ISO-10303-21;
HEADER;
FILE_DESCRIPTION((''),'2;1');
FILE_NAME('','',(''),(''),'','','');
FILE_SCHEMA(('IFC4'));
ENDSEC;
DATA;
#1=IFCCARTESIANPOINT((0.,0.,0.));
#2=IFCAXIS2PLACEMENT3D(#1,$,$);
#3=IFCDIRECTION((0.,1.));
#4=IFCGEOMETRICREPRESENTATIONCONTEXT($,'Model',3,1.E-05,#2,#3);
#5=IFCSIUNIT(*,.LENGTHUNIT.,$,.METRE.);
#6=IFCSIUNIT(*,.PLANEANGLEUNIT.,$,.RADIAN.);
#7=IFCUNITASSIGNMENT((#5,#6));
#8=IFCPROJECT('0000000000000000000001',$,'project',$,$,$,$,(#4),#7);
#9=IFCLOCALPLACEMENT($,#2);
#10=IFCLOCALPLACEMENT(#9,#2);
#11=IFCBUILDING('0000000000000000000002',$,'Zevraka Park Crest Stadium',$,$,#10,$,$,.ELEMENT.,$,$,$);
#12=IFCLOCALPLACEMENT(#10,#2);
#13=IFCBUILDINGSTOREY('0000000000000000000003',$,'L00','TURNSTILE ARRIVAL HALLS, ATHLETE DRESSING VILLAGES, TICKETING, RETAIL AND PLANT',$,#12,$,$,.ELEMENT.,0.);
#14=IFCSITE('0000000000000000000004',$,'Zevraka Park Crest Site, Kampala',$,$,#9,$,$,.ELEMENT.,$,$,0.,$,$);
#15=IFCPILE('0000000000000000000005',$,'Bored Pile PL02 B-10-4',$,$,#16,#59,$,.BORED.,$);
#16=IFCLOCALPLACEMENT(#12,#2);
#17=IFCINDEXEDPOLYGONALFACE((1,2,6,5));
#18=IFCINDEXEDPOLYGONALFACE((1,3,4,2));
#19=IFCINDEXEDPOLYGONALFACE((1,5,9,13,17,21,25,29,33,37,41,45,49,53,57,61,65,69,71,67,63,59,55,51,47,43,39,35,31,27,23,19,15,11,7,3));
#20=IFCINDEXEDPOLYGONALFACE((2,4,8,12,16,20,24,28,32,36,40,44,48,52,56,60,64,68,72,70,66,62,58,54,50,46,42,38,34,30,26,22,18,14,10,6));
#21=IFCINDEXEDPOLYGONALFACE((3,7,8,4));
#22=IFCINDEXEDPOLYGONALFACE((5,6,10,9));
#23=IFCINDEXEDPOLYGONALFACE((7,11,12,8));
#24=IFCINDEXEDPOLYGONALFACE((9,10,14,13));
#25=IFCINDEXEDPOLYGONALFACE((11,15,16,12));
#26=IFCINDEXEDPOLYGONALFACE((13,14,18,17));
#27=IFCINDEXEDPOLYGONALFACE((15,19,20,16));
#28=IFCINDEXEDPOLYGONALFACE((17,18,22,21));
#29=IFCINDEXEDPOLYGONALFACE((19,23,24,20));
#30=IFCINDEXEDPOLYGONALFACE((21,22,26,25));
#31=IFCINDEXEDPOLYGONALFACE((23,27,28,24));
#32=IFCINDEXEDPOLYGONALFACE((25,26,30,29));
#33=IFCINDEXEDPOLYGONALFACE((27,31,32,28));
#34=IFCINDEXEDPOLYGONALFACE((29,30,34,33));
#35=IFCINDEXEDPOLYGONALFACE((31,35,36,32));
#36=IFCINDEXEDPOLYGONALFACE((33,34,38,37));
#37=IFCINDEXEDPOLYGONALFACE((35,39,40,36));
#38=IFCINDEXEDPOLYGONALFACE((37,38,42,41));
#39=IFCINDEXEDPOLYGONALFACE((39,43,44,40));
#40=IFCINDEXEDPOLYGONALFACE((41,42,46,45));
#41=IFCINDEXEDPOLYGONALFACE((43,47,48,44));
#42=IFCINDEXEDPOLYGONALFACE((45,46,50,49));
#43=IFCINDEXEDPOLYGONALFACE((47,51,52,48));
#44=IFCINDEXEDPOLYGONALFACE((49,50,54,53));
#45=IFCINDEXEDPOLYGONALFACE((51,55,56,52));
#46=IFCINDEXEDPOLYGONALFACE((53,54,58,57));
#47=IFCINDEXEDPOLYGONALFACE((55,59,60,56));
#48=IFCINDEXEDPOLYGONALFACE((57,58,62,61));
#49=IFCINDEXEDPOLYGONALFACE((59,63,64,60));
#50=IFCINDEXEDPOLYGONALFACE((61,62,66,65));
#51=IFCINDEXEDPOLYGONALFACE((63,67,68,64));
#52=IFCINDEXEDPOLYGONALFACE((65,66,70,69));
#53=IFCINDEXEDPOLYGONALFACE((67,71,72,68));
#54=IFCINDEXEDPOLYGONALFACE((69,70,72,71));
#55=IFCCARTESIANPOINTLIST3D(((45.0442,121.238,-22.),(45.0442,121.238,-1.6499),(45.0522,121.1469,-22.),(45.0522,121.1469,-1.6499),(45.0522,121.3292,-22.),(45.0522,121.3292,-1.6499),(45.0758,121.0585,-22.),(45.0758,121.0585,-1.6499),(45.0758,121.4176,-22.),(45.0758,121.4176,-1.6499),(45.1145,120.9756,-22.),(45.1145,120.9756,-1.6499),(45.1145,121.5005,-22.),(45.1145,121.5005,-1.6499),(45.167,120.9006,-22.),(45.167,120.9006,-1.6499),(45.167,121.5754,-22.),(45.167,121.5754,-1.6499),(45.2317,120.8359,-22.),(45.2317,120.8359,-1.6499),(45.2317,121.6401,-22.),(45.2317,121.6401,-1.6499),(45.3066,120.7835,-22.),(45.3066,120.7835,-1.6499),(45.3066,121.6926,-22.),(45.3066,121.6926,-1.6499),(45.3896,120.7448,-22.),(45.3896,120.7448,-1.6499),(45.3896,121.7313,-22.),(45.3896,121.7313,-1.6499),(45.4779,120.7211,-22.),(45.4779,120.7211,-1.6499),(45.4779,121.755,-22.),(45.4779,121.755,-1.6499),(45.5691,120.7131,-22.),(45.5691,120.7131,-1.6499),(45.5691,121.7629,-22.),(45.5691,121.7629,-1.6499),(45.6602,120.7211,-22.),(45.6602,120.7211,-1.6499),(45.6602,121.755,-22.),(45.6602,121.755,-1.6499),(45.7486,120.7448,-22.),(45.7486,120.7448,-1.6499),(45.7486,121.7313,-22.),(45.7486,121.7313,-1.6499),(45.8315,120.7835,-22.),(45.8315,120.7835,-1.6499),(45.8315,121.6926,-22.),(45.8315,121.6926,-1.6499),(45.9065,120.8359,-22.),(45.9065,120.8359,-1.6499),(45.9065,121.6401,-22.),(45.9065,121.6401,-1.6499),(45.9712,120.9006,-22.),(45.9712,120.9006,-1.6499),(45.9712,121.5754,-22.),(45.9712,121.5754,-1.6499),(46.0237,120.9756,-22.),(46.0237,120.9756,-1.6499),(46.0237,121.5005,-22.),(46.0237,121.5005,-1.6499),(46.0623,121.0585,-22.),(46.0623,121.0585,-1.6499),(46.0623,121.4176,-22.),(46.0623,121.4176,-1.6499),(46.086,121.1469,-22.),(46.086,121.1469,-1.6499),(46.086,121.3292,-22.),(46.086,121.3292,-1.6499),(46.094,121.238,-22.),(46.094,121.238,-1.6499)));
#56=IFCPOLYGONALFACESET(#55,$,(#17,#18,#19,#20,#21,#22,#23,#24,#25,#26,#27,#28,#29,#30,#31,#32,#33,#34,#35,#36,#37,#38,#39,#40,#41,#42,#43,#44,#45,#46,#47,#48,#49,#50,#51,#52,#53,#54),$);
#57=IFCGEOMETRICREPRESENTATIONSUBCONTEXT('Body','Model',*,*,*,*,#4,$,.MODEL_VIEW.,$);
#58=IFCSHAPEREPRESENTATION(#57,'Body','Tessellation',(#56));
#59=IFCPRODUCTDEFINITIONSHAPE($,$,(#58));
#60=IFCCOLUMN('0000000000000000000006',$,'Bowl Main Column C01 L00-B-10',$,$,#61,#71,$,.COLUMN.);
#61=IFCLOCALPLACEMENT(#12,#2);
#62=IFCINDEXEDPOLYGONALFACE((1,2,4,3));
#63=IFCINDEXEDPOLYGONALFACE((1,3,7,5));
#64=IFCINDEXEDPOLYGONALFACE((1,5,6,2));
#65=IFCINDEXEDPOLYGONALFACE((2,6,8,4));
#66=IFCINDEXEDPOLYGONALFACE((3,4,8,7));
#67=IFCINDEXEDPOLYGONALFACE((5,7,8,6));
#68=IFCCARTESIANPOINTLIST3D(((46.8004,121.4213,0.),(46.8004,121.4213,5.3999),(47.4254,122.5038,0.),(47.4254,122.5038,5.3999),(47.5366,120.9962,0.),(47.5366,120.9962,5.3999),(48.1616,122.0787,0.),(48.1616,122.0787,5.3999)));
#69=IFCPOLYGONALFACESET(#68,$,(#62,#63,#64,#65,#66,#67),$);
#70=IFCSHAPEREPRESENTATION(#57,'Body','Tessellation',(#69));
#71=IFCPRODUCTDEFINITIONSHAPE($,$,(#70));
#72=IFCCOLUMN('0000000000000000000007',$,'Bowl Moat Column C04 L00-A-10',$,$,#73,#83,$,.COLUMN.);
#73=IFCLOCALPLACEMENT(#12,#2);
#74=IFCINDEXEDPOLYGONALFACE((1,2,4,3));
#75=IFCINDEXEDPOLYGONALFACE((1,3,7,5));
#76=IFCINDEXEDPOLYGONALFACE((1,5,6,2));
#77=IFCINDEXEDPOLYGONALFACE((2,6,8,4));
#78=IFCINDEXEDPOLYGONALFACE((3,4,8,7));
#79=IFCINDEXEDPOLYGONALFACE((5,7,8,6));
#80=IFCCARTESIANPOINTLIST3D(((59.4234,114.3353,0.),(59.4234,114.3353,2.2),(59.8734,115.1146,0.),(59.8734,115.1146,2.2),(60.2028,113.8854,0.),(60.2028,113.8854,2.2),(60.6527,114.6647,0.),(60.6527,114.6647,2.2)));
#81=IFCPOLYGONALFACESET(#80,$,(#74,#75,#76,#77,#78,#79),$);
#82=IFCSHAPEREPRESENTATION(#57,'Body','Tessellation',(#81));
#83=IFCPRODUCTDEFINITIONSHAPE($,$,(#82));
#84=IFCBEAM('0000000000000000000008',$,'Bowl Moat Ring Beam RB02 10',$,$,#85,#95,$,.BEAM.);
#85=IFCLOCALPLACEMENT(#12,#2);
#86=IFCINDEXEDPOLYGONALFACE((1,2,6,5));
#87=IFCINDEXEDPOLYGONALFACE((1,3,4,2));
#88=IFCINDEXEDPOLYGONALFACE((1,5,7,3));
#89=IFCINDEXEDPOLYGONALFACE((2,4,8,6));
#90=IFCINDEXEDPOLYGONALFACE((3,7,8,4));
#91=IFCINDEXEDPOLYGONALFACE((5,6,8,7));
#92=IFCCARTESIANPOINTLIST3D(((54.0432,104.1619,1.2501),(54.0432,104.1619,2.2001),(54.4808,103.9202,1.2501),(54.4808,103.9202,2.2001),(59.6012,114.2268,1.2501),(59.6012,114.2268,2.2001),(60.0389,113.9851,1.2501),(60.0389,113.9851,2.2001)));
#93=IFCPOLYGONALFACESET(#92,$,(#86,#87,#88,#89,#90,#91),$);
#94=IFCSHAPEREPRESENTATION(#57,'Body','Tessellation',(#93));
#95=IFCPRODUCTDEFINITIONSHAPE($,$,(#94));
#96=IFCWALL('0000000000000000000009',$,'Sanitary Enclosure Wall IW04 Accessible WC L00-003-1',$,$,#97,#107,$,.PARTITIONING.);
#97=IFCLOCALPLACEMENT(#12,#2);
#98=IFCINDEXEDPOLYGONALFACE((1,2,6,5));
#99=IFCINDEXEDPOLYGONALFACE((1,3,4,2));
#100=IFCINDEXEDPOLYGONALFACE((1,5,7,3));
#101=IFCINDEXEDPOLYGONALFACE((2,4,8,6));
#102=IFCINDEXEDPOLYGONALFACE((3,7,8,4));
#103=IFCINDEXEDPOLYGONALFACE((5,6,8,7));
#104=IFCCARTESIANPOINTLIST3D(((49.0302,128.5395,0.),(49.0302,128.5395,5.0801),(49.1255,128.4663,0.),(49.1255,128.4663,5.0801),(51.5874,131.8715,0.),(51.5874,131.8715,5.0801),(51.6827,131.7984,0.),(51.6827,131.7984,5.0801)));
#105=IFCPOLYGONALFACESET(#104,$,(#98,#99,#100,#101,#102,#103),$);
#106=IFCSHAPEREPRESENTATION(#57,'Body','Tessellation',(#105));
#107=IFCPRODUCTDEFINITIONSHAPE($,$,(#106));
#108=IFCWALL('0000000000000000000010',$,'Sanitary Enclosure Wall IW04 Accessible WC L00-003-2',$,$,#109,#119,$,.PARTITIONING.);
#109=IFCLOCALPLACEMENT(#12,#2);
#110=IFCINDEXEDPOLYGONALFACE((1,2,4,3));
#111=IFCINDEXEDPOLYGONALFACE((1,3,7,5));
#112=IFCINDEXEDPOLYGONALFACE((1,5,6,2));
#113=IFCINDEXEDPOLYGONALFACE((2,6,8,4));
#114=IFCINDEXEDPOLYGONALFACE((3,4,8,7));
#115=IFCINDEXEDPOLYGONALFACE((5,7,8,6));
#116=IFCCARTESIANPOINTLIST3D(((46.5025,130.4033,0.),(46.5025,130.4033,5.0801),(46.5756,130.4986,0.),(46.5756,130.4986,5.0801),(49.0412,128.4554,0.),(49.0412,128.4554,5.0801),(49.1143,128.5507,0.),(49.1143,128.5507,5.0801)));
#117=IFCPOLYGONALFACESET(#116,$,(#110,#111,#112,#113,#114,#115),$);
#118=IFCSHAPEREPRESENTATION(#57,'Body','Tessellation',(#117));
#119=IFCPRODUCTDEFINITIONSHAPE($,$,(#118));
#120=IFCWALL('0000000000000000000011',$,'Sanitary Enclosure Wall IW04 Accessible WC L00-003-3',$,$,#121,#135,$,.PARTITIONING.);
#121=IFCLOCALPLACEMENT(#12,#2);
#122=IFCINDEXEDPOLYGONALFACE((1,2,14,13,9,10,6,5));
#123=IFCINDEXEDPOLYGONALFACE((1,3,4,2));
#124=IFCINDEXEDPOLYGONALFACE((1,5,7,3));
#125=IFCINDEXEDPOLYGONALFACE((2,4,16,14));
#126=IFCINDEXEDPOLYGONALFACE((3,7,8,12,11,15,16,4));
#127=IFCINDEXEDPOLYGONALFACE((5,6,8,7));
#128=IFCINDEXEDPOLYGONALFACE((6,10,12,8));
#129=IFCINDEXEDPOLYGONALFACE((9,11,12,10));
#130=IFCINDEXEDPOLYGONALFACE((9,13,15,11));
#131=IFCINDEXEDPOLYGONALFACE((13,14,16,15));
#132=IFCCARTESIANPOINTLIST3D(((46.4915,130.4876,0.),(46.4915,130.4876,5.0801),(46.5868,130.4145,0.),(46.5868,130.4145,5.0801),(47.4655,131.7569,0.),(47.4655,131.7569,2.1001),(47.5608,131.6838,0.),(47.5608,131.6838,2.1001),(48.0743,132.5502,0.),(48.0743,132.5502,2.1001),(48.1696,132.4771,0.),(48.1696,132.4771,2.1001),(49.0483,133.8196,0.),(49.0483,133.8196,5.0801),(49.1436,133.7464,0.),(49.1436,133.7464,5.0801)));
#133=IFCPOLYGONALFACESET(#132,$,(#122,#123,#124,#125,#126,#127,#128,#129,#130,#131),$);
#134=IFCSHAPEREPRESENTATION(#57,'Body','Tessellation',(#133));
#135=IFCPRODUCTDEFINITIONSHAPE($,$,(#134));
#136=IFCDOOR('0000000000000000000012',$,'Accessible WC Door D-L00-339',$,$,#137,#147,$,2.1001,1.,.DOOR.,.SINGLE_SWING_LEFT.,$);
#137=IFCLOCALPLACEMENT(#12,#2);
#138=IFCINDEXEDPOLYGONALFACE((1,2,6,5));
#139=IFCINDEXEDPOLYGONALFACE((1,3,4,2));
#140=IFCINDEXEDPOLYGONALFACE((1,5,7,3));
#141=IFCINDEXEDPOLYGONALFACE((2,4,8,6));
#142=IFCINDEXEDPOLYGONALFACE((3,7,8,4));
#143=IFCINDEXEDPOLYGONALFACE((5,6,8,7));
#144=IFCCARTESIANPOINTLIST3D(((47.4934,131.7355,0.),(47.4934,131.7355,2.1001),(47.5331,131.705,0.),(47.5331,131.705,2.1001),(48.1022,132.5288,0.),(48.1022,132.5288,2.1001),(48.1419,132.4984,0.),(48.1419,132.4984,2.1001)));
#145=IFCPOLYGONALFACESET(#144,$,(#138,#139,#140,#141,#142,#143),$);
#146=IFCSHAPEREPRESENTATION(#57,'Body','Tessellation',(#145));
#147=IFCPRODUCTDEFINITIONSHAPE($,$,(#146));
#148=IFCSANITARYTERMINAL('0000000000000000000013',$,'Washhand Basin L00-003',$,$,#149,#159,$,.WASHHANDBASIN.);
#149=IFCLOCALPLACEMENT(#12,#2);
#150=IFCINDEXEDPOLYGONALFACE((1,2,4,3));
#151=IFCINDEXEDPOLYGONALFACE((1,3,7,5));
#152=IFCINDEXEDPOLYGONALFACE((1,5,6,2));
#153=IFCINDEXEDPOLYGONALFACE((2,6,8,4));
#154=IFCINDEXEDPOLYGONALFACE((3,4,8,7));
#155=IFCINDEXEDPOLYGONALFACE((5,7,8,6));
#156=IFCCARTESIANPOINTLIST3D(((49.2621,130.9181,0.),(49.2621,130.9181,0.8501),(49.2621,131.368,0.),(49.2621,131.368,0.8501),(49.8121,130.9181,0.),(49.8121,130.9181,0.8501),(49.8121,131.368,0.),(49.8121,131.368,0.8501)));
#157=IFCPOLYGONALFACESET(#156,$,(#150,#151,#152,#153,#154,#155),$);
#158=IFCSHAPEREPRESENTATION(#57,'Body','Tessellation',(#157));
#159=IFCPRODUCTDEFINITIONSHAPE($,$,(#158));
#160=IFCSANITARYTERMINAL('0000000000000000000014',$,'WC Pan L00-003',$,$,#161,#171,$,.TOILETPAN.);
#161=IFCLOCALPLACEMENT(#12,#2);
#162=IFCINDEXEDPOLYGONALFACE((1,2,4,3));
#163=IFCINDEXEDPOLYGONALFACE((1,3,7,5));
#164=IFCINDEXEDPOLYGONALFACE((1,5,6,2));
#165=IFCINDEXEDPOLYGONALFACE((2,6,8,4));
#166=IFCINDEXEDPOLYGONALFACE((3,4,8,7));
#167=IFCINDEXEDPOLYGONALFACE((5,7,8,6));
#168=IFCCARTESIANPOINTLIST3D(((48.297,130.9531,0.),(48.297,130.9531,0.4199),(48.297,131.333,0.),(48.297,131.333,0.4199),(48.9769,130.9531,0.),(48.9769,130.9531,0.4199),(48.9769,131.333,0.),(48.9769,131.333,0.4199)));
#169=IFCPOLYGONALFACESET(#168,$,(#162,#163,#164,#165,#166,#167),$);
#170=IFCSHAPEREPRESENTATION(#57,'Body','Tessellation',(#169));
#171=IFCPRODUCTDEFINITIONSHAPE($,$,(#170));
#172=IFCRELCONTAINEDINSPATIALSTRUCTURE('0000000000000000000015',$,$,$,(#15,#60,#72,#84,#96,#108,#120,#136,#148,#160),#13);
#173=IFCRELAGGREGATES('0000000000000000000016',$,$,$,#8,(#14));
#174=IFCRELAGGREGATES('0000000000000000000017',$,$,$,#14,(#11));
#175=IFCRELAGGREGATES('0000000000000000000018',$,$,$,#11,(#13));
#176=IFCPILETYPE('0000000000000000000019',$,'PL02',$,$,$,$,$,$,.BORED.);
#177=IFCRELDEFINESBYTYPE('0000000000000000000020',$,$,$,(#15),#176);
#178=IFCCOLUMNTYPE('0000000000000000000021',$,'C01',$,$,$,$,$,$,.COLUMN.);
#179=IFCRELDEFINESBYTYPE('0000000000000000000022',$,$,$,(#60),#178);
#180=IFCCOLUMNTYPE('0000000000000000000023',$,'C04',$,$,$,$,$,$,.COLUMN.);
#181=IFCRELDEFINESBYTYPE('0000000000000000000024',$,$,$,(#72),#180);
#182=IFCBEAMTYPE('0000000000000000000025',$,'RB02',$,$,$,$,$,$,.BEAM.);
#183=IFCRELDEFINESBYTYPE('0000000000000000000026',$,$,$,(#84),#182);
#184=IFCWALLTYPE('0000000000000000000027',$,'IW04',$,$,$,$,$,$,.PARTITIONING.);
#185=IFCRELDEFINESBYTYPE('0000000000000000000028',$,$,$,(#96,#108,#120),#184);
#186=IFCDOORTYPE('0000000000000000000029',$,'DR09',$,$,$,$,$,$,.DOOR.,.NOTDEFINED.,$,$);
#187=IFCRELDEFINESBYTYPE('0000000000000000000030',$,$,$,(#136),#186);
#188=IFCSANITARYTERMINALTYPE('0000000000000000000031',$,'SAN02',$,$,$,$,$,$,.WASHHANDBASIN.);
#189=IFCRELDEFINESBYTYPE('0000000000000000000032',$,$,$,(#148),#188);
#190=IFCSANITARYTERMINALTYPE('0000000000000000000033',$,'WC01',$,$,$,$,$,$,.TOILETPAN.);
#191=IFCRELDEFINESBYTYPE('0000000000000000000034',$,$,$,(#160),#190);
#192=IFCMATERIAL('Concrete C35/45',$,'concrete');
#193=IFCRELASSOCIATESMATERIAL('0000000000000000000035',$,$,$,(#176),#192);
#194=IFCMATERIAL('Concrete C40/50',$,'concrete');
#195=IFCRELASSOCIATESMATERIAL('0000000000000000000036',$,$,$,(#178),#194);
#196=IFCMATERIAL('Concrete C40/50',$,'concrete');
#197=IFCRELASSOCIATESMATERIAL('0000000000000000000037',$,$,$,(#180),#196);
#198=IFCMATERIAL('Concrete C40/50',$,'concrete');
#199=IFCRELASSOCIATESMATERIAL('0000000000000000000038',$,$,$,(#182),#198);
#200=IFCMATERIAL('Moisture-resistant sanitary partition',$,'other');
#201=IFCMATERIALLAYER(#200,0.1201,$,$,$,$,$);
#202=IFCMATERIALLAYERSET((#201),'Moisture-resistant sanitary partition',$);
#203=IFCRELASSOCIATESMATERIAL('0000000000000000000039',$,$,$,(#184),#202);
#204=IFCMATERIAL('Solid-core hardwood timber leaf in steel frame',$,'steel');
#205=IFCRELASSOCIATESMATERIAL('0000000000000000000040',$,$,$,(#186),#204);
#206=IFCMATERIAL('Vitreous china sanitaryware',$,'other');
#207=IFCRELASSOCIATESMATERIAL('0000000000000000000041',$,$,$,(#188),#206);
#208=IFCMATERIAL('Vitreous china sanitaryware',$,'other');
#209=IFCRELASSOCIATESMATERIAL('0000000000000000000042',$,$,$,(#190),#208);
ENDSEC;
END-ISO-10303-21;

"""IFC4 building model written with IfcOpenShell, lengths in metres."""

from ifc_helpers import new_model, si_unit, direction, frame, frame_2d, origin, origin_2d, place, context, subcontext, project, spatial, rectangle, circle, extrude, material, layer, layer_set, material_profile, profile_set, type_object, element, fill, save


model = new_model("IFC4")

# Units and contexts
model_context = context("Model", 3, precision=1e-05, world=origin(), true_north=direction((0.0, 1.0)))
body_context = subcontext(model_context, "Body", "Model", "MODEL_VIEW")
ifc_project = project(units=[si_unit("LENGTHUNIT", "METRE"), si_unit("PLANEANGLEUNIT", "RADIAN")], contexts=[model_context])

# Site, building, storey
site_placement = place(None, origin())
site = spatial("IfcSite", under=ifc_project, at=site_placement, Name="Zevraka Park Crest Site, Kampala", CompositionType="ELEMENT", RefElevation=0.0)
building_placement = place(site_placement, origin())
building = spatial("IfcBuilding", under=site, at=building_placement, Name="Zevraka Park Crest Stadium", CompositionType="ELEMENT")
storey_placement = place(building_placement, origin())
storey = spatial("IfcBuildingStorey", under=building, at=storey_placement, Name="L00", Description="TURNSTILE ARRIVAL HALLS, ATHLETE DRESSING VILLAGES, TICKETING, RETAIL AND PLANT", CompositionType="ELEMENT", Elevation=0.0)

# Pile
ifc_material_1 = material(Name="Concrete C35/45", Category="concrete")
ifc_material_profile_1 = material_profile(ifc_material_1, circle(Radius=0.5249, at=origin_2d()), Name="PILE D1050")
ifc_profile_set_1 = profile_set([ifc_material_profile_1], Name="Concrete C35/45")
pile_type_1 = type_object("IfcPileType", Name="PL02", PredefinedType="BORED", material=ifc_profile_set_1)
for number, where, z_axis, x_axis, name in (
    (1, (45.5691, 121.238, -1.6499), (0.0, 0.0, -1.0), (1.0, 0.0, 0.0), "Bored Pile PL02 B-10-4"),
):
    element("IfcPile", number, at=place(storey_placement, frame(where, z_axis=z_axis, x_axis=x_axis)), inside=storey, type_object=pile_type_1, Name=name, PredefinedType="BORED", context=body_context, shape_type="SweptSolid", body=[
        extrude(circle(Radius=0.5249, at=origin_2d()), origin(), (0.0, 0.0, 1.0), 20.3501),
    ])

# Columns
ifc_material_2 = material(Name="Concrete C40/50", Category="concrete")
ifc_material_profile_2 = material_profile(ifc_material_2, rectangle(XDim=0.8501, YDim=1.25, at=origin_2d()), Name="RC 1250x850")
ifc_profile_set_2 = profile_set([ifc_material_profile_2], Name="Concrete C40/50")
column_type_1 = type_object("IfcColumnType", Name="C01", PredefinedType="COLUMN", material=ifc_profile_set_2)
column_1_placement = place(storey_placement, frame((47.481, 121.75, 0.0), z_axis=(0.0, 0.0, 1.0), x_axis=(-0.866025, 0.5, 0.0)))
element("IfcColumn", 2, at=column_1_placement, inside=storey, type_object=column_type_1, Name="Bowl Main Column C01 L00-B-10", PredefinedType="COLUMN", context=body_context, shape_type="SweptSolid", body=[
    extrude(rectangle(XDim=0.8501, YDim=1.25, at=origin_2d()), origin(), (0.0, 0.0, 1.0), 5.3999),
])
ifc_material_3 = material(Name="Concrete C40/50", Category="concrete")
ifc_material_profile_3 = material_profile(ifc_material_3, rectangle(XDim=0.8999, YDim=0.8999, at=origin_2d()), Name="RC 900x900")
ifc_profile_set_3 = profile_set([ifc_material_profile_3], Name="Concrete C40/50")
column_type_2 = type_object("IfcColumnType", Name="C04", PredefinedType="COLUMN", material=ifc_profile_set_3)
column_2_placement = place(storey_placement, frame((60.0381, 114.5, 0.0), z_axis=(0.0, 0.0, 1.0), x_axis=(-0.866025, 0.5, 0.0)))
element("IfcColumn", 3, at=column_2_placement, inside=storey, type_object=column_type_2, Name="Bowl Moat Column C04 L00-A-10", PredefinedType="COLUMN", context=body_context, shape_type="SweptSolid", body=[
    extrude(rectangle(XDim=0.8999, YDim=0.8999, at=origin_2d()), origin(), (0.0, 0.0, 1.0), 2.2),
])

# Beam
ifc_material_4 = material(Name="Concrete C40/50", Category="concrete")
ifc_material_profile_4 = material_profile(ifc_material_4, rectangle(XDim=0.5, YDim=0.95, at=origin_2d()), Name="RC 950x500")
ifc_profile_set_4 = profile_set([ifc_material_profile_4], Name="Concrete C40/50")
beam_type = type_object("IfcBeamType", Name="RB02", PredefinedType="BEAM", material=ifc_profile_set_4)
beam_placement = place(storey_placement, frame((59.8201, 114.106, 1.7251), z_axis=(-0.483413, -0.875392, 0.0), x_axis=(0.875392, -0.483413, 0.0)))
element("IfcBeam", 4, at=beam_placement, inside=storey, type_object=beam_type, Name="Bowl Moat Ring Beam RB02 10", PredefinedType="BEAM", context=body_context, shape_type="SweptSolid", body=[
    extrude(rectangle(XDim=0.5, YDim=0.95, at=origin_2d()), origin(), (0.0, 0.0, 1.0), 11.4976),
])

# Walls
ifc_material_5 = material(Name="Moisture-resistant sanitary partition", Category="other")
ifc_layer = layer(ifc_material_5, 0.1201)
ifc_layer_set = layer_set([ifc_layer], Name="Moisture-resistant sanitary partition")
wall_type = type_object("IfcWallType", Name="IW04", PredefinedType="PARTITIONING", material=ifc_layer_set)
wall_1_placement = place(storey_placement, frame((51.635, 131.835, 0.0), z_axis=(0.0, 0.0, 1.0), x_axis=(-0.608817, -0.793311, 0.0)))
element("IfcWall", 5, at=wall_1_placement, inside=storey, type_object=wall_type, Name="Sanitary Enclosure Wall IW04 Accessible WC L00-003-1", PredefinedType="PARTITIONING", context=body_context, shape_type="SweptSolid", body=[
    extrude(rectangle(XDim=4.2002, YDim=0.1201, at=frame_2d((2.1001, 0.0))), origin(), (0.0, 0.0, 1.0), 5.0801),
])
wall_2_placement = place(storey_placement, frame((49.0779, 128.5029, 0.0), z_axis=(0.0, 0.0, 1.0), x_axis=(-0.793369, 0.608741, 0.0)))
element("IfcWall", 6, at=wall_2_placement, inside=storey, type_object=wall_type, Name="Sanitary Enclosure Wall IW04 Accessible WC L00-003-2", PredefinedType="PARTITIONING", context=body_context, shape_type="SweptSolid", body=[
    extrude(rectangle(XDim=3.2, YDim=0.1201, at=frame_2d((1.6001, 0.0))), origin(), (0.0, 0.0, 1.0), 5.0801),
])

# Wall, opening, door
wall_3_placement = place(storey_placement, frame((46.5391, 130.4509, 0.0), z_axis=(0.0, 0.0, 1.0), x_axis=(0.608781, 0.793339, 0.0)))
wall_3 = element("IfcWall", 7, at=wall_3_placement, inside=storey, type_object=wall_type, Name="Sanitary Enclosure Wall IW04 Accessible WC L00-003-3", PredefinedType="PARTITIONING", context=body_context, shape_type="SweptSolid", body=[
    extrude(rectangle(XDim=4.2, YDim=0.1201, at=frame_2d((2.1001, 0.0))), origin(), (0.0, 0.0, 1.0), 5.0801),
])
opening_placement = place(wall_3_placement, frame((1.6001, 0.0, 0.0)))
opening = element("IfcOpeningElement", 8, at=opening_placement, cuts=wall_3, PredefinedType="OPENING", context=body_context, shape_type="SweptSolid", body=[
    extrude(rectangle(XDim=1.0, YDim=2.1001, at=frame_2d((0.5, 1.05))), frame((0.0, 0.0701, 0.0), z_axis=(0.0, -1.0, 0.0), x_axis=(1.0, 0.0, 0.0)), (0.0, 0.0, 1.0), 0.1401),
])
ifc_material_6 = material(Name="Solid-core hardwood timber leaf in steel frame", Category="steel")
door_type = type_object("IfcDoorType", Name="DR09", OperationType="NOTDEFINED", PredefinedType="DOOR", material=ifc_material_6)
door_placement = place(opening_placement, origin())
door = element("IfcDoor", 9, at=door_placement, inside=storey, type_object=door_type, Name="Accessible WC Door D-L00-339", OperationType="SINGLE_SWING_LEFT", OverallHeight=2.1001, OverallWidth=1.0, PredefinedType="DOOR", context=body_context, shape_type="SweptSolid", body=[
    extrude(rectangle(XDim=1.0, YDim=2.1001, at=frame_2d((0.5, 1.05))), frame((0.0, 0.0249, 0.0), z_axis=(0.0, -1.0, 0.0), x_axis=(1.0, 0.0, 0.0)), (0.0, 0.0, 1.0), 0.05),
])
fill(opening, door)

# Sanitary terminals
ifc_material_7 = material(Name="Vitreous china sanitaryware", Category="other")
sanitary_terminal_type_1 = type_object("IfcSanitaryTerminalType", Name="SAN02", PredefinedType="WASHHANDBASIN", material=ifc_material_7)
sanitary_terminal_1_placement = place(storey_placement, frame((49.5371, 131.1431, 0.0), z_axis=(0.0, 0.0, 1.0), x_axis=(1.0, 0.0, 0.0)))
element("IfcSanitaryTerminal", 10, at=sanitary_terminal_1_placement, inside=storey, type_object=sanitary_terminal_type_1, Name="Washhand Basin L00-003", PredefinedType="WASHHANDBASIN", context=body_context, shape_type="SweptSolid", body=[
    extrude(rectangle(XDim=0.55, YDim=0.45, at=origin_2d()), origin(), (0.0, 0.0, 1.0), 0.8501),
])
ifc_material_8 = material(Name="Vitreous china sanitaryware", Category="other")
sanitary_terminal_type_2 = type_object("IfcSanitaryTerminalType", Name="WC01", PredefinedType="TOILETPAN", material=ifc_material_8)
sanitary_terminal_2_placement = place(storey_placement, frame((48.637, 131.1431, 0.0), z_axis=(0.0, 0.0, 1.0), x_axis=(1.0, 0.0, 0.0)))
element("IfcSanitaryTerminal", 11, at=sanitary_terminal_2_placement, inside=storey, type_object=sanitary_terminal_type_2, Name="WC Pan L00-003", PredefinedType="TOILETPAN", context=body_context, shape_type="SweptSolid", body=[
    extrude(rectangle(XDim=0.6799, YDim=0.3799, at=origin_2d()), origin(), (0.0, 0.0, 1.0), 0.4199),
])

save(model, "model.ifc")
